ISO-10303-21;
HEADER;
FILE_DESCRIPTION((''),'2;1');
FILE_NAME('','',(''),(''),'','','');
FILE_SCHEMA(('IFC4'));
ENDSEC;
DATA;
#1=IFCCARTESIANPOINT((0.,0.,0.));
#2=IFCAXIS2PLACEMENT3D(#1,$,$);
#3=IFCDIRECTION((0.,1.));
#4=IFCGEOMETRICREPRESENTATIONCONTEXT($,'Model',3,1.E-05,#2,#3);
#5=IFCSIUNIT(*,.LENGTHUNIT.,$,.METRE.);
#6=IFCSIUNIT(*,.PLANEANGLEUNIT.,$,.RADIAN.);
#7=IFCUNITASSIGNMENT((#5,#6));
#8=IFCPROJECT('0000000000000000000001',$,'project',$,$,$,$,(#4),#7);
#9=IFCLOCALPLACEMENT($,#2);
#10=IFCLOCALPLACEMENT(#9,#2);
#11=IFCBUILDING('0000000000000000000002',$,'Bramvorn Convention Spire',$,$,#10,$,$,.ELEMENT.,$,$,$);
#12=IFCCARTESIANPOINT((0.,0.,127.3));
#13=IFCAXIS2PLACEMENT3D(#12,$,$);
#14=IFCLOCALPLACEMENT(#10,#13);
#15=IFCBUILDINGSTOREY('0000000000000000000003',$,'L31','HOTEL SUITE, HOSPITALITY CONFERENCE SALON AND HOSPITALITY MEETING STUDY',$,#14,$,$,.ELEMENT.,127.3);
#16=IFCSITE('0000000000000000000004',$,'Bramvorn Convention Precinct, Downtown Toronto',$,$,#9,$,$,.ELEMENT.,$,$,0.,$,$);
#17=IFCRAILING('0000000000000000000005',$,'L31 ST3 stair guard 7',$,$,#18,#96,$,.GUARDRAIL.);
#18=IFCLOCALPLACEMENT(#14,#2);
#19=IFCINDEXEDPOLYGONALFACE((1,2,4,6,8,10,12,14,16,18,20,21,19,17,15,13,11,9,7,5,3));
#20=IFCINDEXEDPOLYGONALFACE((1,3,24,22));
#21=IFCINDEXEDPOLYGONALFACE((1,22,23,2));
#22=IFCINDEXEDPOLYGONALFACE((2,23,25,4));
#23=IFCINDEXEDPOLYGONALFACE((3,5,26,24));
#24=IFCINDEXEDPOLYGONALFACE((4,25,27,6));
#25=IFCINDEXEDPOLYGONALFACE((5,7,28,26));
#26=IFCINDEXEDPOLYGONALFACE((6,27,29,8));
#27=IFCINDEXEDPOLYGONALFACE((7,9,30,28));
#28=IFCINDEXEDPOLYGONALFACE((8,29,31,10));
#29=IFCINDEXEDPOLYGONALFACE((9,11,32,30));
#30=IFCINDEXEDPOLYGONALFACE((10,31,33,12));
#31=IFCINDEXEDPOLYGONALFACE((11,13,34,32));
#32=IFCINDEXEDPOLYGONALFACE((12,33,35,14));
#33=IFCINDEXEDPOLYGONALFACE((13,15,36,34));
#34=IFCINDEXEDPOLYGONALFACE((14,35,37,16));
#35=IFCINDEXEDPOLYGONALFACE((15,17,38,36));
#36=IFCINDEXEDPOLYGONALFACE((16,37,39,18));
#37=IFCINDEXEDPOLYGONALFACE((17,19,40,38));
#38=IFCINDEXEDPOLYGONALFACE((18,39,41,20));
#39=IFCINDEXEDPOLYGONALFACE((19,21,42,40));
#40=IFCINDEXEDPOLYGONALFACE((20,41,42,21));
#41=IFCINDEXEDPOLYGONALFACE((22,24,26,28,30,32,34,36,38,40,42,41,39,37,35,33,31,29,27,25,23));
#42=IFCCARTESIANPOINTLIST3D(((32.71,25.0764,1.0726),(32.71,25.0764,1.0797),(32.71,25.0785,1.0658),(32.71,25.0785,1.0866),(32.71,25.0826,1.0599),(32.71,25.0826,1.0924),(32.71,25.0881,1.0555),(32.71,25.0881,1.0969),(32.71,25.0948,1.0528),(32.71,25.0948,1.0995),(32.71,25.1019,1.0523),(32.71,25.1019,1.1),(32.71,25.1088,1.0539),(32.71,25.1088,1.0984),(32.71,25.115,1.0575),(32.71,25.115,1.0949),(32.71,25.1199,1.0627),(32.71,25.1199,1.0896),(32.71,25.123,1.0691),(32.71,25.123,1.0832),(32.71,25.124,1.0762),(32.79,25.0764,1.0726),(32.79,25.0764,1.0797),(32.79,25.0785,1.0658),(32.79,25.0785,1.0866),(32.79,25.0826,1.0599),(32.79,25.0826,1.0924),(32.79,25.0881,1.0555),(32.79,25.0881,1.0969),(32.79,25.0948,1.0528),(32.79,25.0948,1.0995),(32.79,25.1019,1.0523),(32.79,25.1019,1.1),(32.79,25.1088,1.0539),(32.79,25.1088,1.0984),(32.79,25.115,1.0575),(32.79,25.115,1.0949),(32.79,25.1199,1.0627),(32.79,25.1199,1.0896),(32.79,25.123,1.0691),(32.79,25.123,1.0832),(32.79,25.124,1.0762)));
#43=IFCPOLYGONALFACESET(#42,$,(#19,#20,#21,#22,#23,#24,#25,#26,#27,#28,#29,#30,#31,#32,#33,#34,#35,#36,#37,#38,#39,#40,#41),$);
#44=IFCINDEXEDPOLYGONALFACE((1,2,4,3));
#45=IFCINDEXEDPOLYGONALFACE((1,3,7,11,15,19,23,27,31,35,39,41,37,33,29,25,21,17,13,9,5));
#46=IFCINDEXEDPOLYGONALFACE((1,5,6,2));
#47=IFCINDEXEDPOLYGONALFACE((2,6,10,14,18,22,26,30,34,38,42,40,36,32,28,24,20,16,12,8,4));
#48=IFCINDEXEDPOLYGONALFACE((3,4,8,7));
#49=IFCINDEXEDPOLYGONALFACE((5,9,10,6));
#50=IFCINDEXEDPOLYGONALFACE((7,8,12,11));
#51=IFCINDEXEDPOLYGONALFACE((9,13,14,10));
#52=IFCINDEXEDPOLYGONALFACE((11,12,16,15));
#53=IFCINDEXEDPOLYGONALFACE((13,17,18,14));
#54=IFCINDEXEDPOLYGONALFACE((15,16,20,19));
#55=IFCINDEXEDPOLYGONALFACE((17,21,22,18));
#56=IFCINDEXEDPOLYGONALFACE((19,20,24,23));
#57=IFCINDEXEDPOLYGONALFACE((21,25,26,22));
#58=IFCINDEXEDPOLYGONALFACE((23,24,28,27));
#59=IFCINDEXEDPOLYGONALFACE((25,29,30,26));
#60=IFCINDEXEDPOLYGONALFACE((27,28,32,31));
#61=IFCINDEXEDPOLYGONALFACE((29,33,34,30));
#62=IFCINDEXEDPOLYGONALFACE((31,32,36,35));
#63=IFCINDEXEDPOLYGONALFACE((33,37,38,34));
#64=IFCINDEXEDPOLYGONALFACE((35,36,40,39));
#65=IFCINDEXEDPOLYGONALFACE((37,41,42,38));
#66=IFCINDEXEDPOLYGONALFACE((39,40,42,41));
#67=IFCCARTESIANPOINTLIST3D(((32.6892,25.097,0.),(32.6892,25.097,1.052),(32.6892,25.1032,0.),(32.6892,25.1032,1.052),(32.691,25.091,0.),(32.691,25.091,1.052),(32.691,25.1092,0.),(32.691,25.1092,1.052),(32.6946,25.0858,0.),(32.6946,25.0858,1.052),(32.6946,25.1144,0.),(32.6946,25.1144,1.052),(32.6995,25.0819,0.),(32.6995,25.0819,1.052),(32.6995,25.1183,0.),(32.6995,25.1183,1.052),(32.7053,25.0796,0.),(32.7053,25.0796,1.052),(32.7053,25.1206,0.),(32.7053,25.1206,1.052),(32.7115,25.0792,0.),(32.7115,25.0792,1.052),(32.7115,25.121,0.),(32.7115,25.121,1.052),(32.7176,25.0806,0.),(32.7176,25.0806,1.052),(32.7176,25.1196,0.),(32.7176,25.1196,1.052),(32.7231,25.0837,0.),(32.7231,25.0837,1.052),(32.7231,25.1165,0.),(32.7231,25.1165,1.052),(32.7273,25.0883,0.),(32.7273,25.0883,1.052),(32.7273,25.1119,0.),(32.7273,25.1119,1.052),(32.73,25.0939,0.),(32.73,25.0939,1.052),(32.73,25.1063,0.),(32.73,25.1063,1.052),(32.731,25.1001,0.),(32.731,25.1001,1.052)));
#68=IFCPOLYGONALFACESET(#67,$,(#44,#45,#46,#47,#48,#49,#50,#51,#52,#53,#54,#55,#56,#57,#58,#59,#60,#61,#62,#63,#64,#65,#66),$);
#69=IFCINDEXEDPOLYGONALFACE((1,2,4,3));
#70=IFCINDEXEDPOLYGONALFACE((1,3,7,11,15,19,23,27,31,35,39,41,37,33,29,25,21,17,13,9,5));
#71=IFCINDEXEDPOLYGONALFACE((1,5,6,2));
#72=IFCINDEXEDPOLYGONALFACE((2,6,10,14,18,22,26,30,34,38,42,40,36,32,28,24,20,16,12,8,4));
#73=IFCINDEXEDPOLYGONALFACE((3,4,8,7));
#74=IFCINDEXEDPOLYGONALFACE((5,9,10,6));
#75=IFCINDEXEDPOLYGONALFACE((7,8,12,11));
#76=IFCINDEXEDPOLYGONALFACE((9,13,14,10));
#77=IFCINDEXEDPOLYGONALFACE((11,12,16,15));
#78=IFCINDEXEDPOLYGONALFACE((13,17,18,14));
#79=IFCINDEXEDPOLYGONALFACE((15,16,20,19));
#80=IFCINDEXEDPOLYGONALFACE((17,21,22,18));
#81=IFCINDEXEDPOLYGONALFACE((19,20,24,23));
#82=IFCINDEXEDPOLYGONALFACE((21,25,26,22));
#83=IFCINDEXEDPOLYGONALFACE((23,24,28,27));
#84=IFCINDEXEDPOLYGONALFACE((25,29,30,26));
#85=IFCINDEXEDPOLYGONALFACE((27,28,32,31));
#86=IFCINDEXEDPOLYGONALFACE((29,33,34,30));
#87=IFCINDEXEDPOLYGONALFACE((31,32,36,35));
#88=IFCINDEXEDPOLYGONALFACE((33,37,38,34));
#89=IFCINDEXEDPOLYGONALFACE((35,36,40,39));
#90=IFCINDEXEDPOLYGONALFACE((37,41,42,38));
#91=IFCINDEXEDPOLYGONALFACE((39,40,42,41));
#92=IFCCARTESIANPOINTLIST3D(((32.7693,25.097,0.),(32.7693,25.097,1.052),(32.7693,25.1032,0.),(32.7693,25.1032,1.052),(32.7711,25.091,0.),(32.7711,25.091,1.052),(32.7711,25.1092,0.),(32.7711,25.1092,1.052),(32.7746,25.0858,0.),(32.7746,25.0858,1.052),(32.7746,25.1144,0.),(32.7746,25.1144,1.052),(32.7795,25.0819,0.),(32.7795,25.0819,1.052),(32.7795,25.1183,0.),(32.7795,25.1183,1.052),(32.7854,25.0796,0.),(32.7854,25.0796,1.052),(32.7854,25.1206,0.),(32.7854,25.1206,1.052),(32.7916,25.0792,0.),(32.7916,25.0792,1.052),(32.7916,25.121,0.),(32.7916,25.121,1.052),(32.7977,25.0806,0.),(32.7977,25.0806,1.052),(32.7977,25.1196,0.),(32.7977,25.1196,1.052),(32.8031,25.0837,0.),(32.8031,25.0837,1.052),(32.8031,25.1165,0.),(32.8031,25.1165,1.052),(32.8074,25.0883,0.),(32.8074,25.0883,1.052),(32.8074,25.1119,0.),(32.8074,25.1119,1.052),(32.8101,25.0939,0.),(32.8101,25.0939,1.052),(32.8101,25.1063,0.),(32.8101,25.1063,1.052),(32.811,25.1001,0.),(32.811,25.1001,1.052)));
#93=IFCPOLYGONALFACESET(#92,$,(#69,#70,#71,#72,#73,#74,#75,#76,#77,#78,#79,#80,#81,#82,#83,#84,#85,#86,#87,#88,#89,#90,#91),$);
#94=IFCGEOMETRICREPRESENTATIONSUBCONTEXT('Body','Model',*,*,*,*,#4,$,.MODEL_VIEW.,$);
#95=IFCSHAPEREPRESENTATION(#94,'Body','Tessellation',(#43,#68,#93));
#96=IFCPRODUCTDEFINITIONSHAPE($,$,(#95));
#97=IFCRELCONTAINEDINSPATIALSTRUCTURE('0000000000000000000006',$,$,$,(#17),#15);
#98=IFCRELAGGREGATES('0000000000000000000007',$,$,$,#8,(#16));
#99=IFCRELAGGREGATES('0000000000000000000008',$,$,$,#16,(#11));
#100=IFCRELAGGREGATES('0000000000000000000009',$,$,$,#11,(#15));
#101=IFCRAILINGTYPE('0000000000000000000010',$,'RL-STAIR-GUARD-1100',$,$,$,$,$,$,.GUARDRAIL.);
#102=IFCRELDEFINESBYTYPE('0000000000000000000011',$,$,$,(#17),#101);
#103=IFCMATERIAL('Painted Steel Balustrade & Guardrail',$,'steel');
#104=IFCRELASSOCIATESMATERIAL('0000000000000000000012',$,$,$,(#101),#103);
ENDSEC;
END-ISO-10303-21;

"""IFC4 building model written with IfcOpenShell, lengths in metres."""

from ifc_helpers import new_model, si_unit, direction, frame, origin, origin_2d, place, context, subcontext, project, spatial, circle, extrude, material, type_object, element, save


model = new_model("IFC4")

# Units and contexts
model_context = context("Model", 3, precision=1e-05, world=origin(), true_north=direction((0.0, 1.0)))
body_context = subcontext(model_context, "Body", "Model", "MODEL_VIEW")
ifc_project = project(units=[si_unit("LENGTHUNIT", "METRE"), si_unit("PLANEANGLEUNIT", "RADIAN")], contexts=[model_context])

# Site, building, storey
site_placement = place(None, origin())
site = spatial("IfcSite", under=ifc_project, at=site_placement, Name="Bramvorn Convention Precinct, Downtown Toronto", CompositionType="ELEMENT", RefElevation=0.0)
building_placement = place(site_placement, origin())
building = spatial("IfcBuilding", under=site, at=building_placement, Name="Bramvorn Convention Spire", CompositionType="ELEMENT")
storey_placement = place(building_placement, frame((0.0, 0.0, 127.3)))
storey = spatial("IfcBuildingStorey", under=building, at=storey_placement, Name="L31", Description="HOTEL SUITE, HOSPITALITY CONFERENCE SALON AND HOSPITALITY MEETING STUDY", CompositionType="ELEMENT", Elevation=127.3)

# Railing
ifc_material_1 = material(Name="Painted Steel Balustrade & Guardrail", Category="steel")
railing_type_1 = type_object("IfcRailingType", Name="RL-STAIR-GUARD-1100", PredefinedType="GUARDRAIL", material=ifc_material_1)
railing_1_placement = place(storey_placement, frame((32.71, 25.1001, 0.0)))
element("IfcRailing", 1, at=railing_1_placement, inside=storey, type_object=railing_type_1, Name="L31 ST3 stair guard 7", PredefinedType="GUARDRAIL", context=body_context, shape_type="SweptSolid", body=[
    extrude(circle(Radius=0.0239, at=origin_2d()), frame((0.0, 0.0, 1.0762), z_axis=(1.0, 0.0, 0.0), x_axis=(0.0, 1.0, 0.0)), (0.0, 0.0, 1.0), 0.0801),
    extrude(circle(Radius=0.021, at=origin_2d()), origin(), (0.0, 0.0, 1.0), 1.052),
    extrude(circle(Radius=0.021, at=origin_2d()), frame((0.0801, 0.0, 0.0)), (0.0, 0.0, 1.0), 1.052),
])

save(model, "model.ifc")
